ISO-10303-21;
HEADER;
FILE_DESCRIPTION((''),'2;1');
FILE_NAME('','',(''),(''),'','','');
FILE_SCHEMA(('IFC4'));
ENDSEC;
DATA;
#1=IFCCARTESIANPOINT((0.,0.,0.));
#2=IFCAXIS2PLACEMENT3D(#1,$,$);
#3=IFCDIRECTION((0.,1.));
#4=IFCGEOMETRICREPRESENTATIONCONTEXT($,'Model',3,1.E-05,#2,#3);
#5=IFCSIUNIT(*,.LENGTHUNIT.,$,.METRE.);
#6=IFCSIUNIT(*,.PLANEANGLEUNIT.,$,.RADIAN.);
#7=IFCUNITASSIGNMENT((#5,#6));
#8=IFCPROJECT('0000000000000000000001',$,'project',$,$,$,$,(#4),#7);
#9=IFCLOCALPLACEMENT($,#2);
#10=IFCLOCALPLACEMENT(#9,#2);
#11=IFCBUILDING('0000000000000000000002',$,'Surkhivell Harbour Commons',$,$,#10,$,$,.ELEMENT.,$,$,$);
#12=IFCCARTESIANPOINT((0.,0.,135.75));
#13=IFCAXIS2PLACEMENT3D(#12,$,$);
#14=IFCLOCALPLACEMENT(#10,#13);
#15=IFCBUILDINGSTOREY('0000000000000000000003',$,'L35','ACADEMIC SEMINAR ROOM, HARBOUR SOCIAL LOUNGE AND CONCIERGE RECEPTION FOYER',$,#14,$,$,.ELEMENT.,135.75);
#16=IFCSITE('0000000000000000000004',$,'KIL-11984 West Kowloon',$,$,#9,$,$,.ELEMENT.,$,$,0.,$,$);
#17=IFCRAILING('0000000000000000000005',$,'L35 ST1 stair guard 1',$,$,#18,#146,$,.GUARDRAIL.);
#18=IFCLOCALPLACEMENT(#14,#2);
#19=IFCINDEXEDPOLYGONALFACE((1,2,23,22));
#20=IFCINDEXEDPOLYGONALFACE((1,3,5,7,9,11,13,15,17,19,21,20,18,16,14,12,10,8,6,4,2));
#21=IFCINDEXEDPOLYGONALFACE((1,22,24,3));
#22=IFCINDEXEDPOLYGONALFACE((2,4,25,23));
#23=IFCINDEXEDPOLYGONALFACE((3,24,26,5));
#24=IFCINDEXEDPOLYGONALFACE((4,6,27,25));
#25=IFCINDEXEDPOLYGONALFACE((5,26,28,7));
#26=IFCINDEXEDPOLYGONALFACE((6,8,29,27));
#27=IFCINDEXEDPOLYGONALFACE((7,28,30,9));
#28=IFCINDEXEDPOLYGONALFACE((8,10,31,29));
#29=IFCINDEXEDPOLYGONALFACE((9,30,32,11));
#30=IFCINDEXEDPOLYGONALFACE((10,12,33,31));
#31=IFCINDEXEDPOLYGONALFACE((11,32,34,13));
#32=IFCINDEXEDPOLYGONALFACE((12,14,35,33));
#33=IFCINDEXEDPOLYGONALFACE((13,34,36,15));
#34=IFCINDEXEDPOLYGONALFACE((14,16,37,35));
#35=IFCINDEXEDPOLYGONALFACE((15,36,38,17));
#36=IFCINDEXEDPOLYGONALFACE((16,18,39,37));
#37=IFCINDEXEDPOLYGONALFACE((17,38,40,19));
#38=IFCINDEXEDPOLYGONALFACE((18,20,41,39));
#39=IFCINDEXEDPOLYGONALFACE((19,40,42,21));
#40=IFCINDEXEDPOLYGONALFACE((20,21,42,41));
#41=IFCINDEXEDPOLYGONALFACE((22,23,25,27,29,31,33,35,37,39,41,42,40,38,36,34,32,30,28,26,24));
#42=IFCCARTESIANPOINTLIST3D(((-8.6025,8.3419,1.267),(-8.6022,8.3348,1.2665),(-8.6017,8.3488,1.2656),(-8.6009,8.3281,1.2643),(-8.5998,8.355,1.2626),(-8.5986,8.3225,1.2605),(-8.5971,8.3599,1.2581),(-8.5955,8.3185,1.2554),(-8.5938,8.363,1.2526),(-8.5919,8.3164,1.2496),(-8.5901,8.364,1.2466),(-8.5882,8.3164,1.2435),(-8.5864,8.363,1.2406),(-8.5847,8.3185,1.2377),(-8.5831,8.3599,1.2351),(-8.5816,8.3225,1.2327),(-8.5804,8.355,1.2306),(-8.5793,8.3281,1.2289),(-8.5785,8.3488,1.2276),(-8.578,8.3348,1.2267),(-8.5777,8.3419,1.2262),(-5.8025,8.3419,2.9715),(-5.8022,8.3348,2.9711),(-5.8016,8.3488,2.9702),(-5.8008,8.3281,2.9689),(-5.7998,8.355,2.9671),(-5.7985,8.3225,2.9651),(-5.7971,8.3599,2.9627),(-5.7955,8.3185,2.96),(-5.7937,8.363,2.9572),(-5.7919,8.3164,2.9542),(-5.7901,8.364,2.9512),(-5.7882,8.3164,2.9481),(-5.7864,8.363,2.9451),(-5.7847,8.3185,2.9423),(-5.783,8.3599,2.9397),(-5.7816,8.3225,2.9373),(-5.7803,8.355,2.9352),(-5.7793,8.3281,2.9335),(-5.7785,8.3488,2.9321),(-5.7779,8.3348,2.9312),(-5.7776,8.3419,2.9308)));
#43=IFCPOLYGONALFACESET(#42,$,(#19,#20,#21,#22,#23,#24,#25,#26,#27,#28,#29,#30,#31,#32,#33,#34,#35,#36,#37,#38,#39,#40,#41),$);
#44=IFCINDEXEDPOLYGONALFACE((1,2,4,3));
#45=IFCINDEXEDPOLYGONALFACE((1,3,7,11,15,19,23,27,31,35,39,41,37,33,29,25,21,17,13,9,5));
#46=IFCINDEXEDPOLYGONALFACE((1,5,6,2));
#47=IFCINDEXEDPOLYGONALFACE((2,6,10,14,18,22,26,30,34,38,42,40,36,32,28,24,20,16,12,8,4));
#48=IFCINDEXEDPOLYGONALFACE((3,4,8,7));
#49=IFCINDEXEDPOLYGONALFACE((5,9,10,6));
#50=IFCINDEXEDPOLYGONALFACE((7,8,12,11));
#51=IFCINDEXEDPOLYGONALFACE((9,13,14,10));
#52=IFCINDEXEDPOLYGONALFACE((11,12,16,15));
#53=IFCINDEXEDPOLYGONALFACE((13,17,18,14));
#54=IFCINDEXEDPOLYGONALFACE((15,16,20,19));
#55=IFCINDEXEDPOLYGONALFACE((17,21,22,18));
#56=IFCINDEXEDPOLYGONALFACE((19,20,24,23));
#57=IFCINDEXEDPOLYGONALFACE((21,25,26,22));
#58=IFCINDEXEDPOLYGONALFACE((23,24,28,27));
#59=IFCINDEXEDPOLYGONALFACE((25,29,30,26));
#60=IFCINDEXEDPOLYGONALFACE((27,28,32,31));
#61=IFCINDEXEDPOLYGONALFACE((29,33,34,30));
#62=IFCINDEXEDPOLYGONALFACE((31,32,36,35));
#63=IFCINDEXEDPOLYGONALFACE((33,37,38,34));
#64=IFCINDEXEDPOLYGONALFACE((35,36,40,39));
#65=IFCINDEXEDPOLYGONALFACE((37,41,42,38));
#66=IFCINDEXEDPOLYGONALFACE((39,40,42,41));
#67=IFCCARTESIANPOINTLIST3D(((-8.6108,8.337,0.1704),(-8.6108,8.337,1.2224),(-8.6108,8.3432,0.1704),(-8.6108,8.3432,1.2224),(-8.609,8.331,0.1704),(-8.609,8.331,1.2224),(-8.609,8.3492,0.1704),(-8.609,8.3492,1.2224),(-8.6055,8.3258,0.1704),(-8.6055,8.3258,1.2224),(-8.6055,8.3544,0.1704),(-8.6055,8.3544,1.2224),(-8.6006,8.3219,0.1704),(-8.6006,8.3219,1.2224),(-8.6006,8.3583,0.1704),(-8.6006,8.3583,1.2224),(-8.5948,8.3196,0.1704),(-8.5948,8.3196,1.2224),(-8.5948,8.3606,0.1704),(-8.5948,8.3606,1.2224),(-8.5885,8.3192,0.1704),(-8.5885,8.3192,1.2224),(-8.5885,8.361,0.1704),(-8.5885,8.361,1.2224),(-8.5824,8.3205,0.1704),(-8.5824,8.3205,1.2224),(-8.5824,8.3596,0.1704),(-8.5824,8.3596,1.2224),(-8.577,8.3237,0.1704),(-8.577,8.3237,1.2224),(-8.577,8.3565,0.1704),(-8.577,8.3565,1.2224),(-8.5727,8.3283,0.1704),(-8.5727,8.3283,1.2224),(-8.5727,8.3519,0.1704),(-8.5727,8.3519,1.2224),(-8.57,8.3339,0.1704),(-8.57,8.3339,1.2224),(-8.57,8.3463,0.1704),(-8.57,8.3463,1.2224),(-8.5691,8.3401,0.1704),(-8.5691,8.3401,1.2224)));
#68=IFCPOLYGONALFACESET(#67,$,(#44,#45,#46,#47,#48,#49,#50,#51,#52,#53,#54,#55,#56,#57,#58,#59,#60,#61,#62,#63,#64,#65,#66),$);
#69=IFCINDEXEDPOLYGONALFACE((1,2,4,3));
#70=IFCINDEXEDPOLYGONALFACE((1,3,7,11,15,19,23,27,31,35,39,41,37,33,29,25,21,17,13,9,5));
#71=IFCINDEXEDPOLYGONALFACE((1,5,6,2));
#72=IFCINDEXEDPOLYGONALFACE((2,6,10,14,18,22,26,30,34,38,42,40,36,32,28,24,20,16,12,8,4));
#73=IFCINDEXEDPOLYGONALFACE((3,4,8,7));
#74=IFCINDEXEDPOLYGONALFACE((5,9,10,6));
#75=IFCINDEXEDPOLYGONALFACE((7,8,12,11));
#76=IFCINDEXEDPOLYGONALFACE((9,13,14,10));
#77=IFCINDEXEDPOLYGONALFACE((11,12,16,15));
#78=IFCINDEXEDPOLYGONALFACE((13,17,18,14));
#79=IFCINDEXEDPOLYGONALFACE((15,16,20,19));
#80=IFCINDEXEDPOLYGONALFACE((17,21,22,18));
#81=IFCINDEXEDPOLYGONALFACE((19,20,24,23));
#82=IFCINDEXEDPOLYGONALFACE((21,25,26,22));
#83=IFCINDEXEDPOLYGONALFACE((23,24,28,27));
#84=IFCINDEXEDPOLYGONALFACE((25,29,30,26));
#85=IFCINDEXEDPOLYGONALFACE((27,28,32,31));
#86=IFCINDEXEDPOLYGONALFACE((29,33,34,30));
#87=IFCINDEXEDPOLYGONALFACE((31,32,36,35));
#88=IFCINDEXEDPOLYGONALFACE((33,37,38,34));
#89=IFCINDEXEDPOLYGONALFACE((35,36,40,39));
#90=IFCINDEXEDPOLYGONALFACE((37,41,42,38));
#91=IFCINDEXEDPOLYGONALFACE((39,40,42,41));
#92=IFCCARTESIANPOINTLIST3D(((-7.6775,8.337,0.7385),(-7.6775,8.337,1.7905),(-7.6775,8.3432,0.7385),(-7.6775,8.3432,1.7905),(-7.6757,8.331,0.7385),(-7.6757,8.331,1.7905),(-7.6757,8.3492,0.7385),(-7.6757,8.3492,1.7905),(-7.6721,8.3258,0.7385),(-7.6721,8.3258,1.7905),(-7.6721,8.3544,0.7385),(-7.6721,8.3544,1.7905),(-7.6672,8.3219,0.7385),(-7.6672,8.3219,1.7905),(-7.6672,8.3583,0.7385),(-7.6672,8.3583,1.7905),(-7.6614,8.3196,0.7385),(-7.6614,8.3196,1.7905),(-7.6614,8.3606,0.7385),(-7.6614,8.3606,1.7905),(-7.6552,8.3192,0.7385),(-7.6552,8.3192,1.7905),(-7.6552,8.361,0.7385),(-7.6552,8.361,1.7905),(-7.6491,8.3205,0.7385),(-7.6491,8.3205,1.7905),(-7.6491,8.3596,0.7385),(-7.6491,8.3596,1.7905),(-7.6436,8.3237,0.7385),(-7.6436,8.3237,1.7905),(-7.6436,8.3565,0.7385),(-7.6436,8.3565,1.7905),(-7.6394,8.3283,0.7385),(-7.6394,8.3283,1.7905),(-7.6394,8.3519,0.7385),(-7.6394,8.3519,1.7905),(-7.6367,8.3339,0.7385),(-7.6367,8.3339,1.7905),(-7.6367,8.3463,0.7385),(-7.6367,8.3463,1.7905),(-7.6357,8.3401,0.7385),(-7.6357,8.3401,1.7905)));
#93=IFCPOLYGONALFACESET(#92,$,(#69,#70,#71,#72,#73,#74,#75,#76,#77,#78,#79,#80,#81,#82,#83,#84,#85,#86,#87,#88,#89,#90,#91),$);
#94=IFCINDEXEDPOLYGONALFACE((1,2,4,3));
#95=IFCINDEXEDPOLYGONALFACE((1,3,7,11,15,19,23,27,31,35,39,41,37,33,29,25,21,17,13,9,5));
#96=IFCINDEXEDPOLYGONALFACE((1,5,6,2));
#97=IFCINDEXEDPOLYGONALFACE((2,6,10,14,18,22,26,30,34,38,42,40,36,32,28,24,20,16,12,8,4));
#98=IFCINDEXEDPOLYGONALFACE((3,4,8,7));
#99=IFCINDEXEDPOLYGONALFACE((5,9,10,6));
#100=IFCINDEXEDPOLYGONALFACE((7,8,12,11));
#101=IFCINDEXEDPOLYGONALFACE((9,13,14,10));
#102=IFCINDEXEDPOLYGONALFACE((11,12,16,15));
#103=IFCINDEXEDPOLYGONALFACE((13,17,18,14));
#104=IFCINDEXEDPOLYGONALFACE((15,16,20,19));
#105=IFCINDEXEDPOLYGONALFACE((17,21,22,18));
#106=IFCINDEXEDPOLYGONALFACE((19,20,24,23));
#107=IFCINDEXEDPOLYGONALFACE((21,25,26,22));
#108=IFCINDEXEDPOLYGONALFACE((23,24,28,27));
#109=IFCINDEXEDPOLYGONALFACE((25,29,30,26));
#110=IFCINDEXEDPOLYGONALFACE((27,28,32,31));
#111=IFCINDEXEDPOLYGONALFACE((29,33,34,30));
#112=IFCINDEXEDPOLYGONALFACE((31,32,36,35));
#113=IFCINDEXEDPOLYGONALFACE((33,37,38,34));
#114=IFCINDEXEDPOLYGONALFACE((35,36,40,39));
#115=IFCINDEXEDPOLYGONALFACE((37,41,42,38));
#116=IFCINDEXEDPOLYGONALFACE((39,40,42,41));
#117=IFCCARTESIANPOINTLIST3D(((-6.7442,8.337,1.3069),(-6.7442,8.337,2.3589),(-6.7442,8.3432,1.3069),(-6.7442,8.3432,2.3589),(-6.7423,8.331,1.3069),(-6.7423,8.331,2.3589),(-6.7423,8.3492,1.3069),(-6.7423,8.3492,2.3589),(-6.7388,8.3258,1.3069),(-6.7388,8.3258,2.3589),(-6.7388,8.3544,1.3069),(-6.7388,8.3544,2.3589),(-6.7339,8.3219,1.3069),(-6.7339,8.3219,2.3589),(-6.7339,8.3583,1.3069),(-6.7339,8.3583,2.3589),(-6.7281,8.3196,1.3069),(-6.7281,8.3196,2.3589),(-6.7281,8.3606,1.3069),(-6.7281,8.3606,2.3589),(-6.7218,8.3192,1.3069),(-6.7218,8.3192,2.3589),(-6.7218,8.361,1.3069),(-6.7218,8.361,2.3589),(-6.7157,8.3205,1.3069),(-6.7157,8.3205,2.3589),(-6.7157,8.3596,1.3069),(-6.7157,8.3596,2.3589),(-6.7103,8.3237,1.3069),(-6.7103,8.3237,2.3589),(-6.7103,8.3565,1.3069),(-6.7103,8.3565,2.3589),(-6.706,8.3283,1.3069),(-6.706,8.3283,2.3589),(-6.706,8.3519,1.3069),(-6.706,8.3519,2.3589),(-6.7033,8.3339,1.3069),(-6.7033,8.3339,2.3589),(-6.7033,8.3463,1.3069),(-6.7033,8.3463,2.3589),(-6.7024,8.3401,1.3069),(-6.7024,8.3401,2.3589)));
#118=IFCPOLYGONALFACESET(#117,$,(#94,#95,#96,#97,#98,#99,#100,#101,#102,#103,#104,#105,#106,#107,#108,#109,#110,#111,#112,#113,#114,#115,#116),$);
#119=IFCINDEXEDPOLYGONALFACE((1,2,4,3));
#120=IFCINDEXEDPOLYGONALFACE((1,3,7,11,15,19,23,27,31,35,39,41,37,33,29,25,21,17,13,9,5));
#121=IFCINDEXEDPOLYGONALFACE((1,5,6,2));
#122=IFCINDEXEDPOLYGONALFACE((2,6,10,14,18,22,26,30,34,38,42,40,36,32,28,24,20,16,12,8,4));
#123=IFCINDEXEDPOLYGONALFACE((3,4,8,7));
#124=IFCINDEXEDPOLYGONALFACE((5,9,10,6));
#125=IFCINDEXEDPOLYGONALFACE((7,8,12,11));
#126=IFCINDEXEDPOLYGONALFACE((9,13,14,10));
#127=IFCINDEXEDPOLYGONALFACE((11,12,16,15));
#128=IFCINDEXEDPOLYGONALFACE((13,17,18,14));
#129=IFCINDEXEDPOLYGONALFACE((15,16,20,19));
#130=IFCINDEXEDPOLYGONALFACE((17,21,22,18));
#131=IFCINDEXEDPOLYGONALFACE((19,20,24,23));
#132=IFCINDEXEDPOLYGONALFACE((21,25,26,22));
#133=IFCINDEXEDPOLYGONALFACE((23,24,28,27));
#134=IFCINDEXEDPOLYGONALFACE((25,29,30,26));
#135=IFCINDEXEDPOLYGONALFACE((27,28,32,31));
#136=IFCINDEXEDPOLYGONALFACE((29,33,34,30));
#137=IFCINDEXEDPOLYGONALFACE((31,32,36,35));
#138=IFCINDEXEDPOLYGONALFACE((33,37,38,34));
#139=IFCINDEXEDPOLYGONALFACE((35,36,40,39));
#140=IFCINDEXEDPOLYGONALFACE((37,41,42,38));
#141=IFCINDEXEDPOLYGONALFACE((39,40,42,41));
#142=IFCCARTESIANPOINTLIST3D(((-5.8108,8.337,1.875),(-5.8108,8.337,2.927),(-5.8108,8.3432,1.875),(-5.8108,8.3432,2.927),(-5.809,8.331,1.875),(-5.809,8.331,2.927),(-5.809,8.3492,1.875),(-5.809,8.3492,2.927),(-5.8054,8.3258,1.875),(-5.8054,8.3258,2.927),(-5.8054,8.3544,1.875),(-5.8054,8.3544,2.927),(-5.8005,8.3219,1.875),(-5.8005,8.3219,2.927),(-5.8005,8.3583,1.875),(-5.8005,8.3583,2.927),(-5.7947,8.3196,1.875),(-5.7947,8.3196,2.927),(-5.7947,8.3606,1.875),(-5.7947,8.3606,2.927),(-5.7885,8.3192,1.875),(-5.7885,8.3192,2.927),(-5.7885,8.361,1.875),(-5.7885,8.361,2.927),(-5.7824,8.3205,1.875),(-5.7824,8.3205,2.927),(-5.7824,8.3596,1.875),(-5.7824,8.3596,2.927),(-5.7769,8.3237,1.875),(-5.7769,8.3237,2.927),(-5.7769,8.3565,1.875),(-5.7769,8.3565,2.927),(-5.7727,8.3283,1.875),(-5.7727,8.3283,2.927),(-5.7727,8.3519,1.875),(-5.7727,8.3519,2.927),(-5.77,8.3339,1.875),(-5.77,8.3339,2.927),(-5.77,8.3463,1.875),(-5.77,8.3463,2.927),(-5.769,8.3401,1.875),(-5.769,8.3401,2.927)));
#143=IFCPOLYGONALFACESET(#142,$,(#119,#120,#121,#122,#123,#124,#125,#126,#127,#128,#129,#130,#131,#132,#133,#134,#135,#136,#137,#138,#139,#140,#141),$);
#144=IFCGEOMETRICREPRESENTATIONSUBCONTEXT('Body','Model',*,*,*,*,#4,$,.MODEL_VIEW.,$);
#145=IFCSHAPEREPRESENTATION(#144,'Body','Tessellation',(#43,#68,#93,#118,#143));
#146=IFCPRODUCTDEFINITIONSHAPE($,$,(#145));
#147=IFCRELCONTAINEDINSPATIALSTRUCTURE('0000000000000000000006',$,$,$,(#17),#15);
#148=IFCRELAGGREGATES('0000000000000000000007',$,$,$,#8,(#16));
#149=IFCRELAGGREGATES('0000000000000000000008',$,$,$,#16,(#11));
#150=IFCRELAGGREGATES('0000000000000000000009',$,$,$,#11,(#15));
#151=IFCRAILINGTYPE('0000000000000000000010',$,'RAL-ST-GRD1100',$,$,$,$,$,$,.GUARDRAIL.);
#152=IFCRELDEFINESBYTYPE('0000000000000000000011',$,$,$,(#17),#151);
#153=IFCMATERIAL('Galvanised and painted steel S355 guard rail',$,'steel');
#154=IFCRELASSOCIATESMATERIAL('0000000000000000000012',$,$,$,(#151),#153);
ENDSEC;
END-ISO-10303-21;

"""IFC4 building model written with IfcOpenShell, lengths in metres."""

from ifc_helpers import new_model, si_unit, direction, frame, origin, origin_2d, place, context, subcontext, project, spatial, circle, extrude, material, type_object, element, save


model = new_model("IFC4")

# Units and contexts
model_context = context("Model", 3, precision=1e-05, world=origin(), true_north=direction((0.0, 1.0)))
body_context = subcontext(model_context, "Body", "Model", "MODEL_VIEW")
ifc_project = project(units=[si_unit("LENGTHUNIT", "METRE"), si_unit("PLANEANGLEUNIT", "RADIAN")], contexts=[model_context])

# Site, building, storey
site_placement = place(None, origin())
site = spatial("IfcSite", under=ifc_project, at=site_placement, Name="KIL-11984 West Kowloon", CompositionType="ELEMENT", RefElevation=0.0)
building_placement = place(site_placement, origin())
building = spatial("IfcBuilding", under=site, at=building_placement, Name="Surkhivell Harbour Commons", CompositionType="ELEMENT")
storey_placement = place(building_placement, frame((0.0, 0.0, 135.75)))
storey = spatial("IfcBuildingStorey", under=building, at=storey_placement, Name="L35", Description="ACADEMIC SEMINAR ROOM, HARBOUR SOCIAL LOUNGE AND CONCIERGE RECEPTION FOYER", CompositionType="ELEMENT", Elevation=135.75)

# Railing
ifc_material_1 = material(Name="Galvanised and painted steel S355 guard rail", Category="steel")
railing_type_1 = type_object("IfcRailingType", Name="RAL-ST-GRD1100", PredefinedType="GUARDRAIL", material=ifc_material_1)
railing_1_placement = place(storey_placement, frame((-8.5901, 8.3401, 0.1704)))
element("IfcRailing", 1, at=railing_1_placement, inside=storey, type_object=railing_type_1, Name="L35 ST1 stair guard 1", PredefinedType="GUARDRAIL", context=body_context, shape_type="SweptSolid", body=[
    extrude(circle(Radius=0.0239, at=origin_2d()), frame((0.0, 0.0, 1.0762), z_axis=(0.85417, 0.0, 0.519994), x_axis=(0.0, 1.0, 0.0)), (0.0, 0.0, 1.0), 3.2781),
    extrude(circle(Radius=0.021, at=origin_2d()), origin(), (0.0, 0.0, 1.0), 1.052),
    extrude(circle(Radius=0.021, at=origin_2d()), frame((0.9333, 0.0, 0.5681)), (0.0, 0.0, 1.0), 1.052),
    extrude(circle(Radius=0.021, at=origin_2d()), frame((1.8667, 0.0, 1.1365)), (0.0, 0.0, 1.0), 1.052),
    extrude(circle(Radius=0.021, at=origin_2d()), frame((2.8, 0.0, 1.7046)), (0.0, 0.0, 1.0), 1.052),
])

save(model, "model.ifc")
